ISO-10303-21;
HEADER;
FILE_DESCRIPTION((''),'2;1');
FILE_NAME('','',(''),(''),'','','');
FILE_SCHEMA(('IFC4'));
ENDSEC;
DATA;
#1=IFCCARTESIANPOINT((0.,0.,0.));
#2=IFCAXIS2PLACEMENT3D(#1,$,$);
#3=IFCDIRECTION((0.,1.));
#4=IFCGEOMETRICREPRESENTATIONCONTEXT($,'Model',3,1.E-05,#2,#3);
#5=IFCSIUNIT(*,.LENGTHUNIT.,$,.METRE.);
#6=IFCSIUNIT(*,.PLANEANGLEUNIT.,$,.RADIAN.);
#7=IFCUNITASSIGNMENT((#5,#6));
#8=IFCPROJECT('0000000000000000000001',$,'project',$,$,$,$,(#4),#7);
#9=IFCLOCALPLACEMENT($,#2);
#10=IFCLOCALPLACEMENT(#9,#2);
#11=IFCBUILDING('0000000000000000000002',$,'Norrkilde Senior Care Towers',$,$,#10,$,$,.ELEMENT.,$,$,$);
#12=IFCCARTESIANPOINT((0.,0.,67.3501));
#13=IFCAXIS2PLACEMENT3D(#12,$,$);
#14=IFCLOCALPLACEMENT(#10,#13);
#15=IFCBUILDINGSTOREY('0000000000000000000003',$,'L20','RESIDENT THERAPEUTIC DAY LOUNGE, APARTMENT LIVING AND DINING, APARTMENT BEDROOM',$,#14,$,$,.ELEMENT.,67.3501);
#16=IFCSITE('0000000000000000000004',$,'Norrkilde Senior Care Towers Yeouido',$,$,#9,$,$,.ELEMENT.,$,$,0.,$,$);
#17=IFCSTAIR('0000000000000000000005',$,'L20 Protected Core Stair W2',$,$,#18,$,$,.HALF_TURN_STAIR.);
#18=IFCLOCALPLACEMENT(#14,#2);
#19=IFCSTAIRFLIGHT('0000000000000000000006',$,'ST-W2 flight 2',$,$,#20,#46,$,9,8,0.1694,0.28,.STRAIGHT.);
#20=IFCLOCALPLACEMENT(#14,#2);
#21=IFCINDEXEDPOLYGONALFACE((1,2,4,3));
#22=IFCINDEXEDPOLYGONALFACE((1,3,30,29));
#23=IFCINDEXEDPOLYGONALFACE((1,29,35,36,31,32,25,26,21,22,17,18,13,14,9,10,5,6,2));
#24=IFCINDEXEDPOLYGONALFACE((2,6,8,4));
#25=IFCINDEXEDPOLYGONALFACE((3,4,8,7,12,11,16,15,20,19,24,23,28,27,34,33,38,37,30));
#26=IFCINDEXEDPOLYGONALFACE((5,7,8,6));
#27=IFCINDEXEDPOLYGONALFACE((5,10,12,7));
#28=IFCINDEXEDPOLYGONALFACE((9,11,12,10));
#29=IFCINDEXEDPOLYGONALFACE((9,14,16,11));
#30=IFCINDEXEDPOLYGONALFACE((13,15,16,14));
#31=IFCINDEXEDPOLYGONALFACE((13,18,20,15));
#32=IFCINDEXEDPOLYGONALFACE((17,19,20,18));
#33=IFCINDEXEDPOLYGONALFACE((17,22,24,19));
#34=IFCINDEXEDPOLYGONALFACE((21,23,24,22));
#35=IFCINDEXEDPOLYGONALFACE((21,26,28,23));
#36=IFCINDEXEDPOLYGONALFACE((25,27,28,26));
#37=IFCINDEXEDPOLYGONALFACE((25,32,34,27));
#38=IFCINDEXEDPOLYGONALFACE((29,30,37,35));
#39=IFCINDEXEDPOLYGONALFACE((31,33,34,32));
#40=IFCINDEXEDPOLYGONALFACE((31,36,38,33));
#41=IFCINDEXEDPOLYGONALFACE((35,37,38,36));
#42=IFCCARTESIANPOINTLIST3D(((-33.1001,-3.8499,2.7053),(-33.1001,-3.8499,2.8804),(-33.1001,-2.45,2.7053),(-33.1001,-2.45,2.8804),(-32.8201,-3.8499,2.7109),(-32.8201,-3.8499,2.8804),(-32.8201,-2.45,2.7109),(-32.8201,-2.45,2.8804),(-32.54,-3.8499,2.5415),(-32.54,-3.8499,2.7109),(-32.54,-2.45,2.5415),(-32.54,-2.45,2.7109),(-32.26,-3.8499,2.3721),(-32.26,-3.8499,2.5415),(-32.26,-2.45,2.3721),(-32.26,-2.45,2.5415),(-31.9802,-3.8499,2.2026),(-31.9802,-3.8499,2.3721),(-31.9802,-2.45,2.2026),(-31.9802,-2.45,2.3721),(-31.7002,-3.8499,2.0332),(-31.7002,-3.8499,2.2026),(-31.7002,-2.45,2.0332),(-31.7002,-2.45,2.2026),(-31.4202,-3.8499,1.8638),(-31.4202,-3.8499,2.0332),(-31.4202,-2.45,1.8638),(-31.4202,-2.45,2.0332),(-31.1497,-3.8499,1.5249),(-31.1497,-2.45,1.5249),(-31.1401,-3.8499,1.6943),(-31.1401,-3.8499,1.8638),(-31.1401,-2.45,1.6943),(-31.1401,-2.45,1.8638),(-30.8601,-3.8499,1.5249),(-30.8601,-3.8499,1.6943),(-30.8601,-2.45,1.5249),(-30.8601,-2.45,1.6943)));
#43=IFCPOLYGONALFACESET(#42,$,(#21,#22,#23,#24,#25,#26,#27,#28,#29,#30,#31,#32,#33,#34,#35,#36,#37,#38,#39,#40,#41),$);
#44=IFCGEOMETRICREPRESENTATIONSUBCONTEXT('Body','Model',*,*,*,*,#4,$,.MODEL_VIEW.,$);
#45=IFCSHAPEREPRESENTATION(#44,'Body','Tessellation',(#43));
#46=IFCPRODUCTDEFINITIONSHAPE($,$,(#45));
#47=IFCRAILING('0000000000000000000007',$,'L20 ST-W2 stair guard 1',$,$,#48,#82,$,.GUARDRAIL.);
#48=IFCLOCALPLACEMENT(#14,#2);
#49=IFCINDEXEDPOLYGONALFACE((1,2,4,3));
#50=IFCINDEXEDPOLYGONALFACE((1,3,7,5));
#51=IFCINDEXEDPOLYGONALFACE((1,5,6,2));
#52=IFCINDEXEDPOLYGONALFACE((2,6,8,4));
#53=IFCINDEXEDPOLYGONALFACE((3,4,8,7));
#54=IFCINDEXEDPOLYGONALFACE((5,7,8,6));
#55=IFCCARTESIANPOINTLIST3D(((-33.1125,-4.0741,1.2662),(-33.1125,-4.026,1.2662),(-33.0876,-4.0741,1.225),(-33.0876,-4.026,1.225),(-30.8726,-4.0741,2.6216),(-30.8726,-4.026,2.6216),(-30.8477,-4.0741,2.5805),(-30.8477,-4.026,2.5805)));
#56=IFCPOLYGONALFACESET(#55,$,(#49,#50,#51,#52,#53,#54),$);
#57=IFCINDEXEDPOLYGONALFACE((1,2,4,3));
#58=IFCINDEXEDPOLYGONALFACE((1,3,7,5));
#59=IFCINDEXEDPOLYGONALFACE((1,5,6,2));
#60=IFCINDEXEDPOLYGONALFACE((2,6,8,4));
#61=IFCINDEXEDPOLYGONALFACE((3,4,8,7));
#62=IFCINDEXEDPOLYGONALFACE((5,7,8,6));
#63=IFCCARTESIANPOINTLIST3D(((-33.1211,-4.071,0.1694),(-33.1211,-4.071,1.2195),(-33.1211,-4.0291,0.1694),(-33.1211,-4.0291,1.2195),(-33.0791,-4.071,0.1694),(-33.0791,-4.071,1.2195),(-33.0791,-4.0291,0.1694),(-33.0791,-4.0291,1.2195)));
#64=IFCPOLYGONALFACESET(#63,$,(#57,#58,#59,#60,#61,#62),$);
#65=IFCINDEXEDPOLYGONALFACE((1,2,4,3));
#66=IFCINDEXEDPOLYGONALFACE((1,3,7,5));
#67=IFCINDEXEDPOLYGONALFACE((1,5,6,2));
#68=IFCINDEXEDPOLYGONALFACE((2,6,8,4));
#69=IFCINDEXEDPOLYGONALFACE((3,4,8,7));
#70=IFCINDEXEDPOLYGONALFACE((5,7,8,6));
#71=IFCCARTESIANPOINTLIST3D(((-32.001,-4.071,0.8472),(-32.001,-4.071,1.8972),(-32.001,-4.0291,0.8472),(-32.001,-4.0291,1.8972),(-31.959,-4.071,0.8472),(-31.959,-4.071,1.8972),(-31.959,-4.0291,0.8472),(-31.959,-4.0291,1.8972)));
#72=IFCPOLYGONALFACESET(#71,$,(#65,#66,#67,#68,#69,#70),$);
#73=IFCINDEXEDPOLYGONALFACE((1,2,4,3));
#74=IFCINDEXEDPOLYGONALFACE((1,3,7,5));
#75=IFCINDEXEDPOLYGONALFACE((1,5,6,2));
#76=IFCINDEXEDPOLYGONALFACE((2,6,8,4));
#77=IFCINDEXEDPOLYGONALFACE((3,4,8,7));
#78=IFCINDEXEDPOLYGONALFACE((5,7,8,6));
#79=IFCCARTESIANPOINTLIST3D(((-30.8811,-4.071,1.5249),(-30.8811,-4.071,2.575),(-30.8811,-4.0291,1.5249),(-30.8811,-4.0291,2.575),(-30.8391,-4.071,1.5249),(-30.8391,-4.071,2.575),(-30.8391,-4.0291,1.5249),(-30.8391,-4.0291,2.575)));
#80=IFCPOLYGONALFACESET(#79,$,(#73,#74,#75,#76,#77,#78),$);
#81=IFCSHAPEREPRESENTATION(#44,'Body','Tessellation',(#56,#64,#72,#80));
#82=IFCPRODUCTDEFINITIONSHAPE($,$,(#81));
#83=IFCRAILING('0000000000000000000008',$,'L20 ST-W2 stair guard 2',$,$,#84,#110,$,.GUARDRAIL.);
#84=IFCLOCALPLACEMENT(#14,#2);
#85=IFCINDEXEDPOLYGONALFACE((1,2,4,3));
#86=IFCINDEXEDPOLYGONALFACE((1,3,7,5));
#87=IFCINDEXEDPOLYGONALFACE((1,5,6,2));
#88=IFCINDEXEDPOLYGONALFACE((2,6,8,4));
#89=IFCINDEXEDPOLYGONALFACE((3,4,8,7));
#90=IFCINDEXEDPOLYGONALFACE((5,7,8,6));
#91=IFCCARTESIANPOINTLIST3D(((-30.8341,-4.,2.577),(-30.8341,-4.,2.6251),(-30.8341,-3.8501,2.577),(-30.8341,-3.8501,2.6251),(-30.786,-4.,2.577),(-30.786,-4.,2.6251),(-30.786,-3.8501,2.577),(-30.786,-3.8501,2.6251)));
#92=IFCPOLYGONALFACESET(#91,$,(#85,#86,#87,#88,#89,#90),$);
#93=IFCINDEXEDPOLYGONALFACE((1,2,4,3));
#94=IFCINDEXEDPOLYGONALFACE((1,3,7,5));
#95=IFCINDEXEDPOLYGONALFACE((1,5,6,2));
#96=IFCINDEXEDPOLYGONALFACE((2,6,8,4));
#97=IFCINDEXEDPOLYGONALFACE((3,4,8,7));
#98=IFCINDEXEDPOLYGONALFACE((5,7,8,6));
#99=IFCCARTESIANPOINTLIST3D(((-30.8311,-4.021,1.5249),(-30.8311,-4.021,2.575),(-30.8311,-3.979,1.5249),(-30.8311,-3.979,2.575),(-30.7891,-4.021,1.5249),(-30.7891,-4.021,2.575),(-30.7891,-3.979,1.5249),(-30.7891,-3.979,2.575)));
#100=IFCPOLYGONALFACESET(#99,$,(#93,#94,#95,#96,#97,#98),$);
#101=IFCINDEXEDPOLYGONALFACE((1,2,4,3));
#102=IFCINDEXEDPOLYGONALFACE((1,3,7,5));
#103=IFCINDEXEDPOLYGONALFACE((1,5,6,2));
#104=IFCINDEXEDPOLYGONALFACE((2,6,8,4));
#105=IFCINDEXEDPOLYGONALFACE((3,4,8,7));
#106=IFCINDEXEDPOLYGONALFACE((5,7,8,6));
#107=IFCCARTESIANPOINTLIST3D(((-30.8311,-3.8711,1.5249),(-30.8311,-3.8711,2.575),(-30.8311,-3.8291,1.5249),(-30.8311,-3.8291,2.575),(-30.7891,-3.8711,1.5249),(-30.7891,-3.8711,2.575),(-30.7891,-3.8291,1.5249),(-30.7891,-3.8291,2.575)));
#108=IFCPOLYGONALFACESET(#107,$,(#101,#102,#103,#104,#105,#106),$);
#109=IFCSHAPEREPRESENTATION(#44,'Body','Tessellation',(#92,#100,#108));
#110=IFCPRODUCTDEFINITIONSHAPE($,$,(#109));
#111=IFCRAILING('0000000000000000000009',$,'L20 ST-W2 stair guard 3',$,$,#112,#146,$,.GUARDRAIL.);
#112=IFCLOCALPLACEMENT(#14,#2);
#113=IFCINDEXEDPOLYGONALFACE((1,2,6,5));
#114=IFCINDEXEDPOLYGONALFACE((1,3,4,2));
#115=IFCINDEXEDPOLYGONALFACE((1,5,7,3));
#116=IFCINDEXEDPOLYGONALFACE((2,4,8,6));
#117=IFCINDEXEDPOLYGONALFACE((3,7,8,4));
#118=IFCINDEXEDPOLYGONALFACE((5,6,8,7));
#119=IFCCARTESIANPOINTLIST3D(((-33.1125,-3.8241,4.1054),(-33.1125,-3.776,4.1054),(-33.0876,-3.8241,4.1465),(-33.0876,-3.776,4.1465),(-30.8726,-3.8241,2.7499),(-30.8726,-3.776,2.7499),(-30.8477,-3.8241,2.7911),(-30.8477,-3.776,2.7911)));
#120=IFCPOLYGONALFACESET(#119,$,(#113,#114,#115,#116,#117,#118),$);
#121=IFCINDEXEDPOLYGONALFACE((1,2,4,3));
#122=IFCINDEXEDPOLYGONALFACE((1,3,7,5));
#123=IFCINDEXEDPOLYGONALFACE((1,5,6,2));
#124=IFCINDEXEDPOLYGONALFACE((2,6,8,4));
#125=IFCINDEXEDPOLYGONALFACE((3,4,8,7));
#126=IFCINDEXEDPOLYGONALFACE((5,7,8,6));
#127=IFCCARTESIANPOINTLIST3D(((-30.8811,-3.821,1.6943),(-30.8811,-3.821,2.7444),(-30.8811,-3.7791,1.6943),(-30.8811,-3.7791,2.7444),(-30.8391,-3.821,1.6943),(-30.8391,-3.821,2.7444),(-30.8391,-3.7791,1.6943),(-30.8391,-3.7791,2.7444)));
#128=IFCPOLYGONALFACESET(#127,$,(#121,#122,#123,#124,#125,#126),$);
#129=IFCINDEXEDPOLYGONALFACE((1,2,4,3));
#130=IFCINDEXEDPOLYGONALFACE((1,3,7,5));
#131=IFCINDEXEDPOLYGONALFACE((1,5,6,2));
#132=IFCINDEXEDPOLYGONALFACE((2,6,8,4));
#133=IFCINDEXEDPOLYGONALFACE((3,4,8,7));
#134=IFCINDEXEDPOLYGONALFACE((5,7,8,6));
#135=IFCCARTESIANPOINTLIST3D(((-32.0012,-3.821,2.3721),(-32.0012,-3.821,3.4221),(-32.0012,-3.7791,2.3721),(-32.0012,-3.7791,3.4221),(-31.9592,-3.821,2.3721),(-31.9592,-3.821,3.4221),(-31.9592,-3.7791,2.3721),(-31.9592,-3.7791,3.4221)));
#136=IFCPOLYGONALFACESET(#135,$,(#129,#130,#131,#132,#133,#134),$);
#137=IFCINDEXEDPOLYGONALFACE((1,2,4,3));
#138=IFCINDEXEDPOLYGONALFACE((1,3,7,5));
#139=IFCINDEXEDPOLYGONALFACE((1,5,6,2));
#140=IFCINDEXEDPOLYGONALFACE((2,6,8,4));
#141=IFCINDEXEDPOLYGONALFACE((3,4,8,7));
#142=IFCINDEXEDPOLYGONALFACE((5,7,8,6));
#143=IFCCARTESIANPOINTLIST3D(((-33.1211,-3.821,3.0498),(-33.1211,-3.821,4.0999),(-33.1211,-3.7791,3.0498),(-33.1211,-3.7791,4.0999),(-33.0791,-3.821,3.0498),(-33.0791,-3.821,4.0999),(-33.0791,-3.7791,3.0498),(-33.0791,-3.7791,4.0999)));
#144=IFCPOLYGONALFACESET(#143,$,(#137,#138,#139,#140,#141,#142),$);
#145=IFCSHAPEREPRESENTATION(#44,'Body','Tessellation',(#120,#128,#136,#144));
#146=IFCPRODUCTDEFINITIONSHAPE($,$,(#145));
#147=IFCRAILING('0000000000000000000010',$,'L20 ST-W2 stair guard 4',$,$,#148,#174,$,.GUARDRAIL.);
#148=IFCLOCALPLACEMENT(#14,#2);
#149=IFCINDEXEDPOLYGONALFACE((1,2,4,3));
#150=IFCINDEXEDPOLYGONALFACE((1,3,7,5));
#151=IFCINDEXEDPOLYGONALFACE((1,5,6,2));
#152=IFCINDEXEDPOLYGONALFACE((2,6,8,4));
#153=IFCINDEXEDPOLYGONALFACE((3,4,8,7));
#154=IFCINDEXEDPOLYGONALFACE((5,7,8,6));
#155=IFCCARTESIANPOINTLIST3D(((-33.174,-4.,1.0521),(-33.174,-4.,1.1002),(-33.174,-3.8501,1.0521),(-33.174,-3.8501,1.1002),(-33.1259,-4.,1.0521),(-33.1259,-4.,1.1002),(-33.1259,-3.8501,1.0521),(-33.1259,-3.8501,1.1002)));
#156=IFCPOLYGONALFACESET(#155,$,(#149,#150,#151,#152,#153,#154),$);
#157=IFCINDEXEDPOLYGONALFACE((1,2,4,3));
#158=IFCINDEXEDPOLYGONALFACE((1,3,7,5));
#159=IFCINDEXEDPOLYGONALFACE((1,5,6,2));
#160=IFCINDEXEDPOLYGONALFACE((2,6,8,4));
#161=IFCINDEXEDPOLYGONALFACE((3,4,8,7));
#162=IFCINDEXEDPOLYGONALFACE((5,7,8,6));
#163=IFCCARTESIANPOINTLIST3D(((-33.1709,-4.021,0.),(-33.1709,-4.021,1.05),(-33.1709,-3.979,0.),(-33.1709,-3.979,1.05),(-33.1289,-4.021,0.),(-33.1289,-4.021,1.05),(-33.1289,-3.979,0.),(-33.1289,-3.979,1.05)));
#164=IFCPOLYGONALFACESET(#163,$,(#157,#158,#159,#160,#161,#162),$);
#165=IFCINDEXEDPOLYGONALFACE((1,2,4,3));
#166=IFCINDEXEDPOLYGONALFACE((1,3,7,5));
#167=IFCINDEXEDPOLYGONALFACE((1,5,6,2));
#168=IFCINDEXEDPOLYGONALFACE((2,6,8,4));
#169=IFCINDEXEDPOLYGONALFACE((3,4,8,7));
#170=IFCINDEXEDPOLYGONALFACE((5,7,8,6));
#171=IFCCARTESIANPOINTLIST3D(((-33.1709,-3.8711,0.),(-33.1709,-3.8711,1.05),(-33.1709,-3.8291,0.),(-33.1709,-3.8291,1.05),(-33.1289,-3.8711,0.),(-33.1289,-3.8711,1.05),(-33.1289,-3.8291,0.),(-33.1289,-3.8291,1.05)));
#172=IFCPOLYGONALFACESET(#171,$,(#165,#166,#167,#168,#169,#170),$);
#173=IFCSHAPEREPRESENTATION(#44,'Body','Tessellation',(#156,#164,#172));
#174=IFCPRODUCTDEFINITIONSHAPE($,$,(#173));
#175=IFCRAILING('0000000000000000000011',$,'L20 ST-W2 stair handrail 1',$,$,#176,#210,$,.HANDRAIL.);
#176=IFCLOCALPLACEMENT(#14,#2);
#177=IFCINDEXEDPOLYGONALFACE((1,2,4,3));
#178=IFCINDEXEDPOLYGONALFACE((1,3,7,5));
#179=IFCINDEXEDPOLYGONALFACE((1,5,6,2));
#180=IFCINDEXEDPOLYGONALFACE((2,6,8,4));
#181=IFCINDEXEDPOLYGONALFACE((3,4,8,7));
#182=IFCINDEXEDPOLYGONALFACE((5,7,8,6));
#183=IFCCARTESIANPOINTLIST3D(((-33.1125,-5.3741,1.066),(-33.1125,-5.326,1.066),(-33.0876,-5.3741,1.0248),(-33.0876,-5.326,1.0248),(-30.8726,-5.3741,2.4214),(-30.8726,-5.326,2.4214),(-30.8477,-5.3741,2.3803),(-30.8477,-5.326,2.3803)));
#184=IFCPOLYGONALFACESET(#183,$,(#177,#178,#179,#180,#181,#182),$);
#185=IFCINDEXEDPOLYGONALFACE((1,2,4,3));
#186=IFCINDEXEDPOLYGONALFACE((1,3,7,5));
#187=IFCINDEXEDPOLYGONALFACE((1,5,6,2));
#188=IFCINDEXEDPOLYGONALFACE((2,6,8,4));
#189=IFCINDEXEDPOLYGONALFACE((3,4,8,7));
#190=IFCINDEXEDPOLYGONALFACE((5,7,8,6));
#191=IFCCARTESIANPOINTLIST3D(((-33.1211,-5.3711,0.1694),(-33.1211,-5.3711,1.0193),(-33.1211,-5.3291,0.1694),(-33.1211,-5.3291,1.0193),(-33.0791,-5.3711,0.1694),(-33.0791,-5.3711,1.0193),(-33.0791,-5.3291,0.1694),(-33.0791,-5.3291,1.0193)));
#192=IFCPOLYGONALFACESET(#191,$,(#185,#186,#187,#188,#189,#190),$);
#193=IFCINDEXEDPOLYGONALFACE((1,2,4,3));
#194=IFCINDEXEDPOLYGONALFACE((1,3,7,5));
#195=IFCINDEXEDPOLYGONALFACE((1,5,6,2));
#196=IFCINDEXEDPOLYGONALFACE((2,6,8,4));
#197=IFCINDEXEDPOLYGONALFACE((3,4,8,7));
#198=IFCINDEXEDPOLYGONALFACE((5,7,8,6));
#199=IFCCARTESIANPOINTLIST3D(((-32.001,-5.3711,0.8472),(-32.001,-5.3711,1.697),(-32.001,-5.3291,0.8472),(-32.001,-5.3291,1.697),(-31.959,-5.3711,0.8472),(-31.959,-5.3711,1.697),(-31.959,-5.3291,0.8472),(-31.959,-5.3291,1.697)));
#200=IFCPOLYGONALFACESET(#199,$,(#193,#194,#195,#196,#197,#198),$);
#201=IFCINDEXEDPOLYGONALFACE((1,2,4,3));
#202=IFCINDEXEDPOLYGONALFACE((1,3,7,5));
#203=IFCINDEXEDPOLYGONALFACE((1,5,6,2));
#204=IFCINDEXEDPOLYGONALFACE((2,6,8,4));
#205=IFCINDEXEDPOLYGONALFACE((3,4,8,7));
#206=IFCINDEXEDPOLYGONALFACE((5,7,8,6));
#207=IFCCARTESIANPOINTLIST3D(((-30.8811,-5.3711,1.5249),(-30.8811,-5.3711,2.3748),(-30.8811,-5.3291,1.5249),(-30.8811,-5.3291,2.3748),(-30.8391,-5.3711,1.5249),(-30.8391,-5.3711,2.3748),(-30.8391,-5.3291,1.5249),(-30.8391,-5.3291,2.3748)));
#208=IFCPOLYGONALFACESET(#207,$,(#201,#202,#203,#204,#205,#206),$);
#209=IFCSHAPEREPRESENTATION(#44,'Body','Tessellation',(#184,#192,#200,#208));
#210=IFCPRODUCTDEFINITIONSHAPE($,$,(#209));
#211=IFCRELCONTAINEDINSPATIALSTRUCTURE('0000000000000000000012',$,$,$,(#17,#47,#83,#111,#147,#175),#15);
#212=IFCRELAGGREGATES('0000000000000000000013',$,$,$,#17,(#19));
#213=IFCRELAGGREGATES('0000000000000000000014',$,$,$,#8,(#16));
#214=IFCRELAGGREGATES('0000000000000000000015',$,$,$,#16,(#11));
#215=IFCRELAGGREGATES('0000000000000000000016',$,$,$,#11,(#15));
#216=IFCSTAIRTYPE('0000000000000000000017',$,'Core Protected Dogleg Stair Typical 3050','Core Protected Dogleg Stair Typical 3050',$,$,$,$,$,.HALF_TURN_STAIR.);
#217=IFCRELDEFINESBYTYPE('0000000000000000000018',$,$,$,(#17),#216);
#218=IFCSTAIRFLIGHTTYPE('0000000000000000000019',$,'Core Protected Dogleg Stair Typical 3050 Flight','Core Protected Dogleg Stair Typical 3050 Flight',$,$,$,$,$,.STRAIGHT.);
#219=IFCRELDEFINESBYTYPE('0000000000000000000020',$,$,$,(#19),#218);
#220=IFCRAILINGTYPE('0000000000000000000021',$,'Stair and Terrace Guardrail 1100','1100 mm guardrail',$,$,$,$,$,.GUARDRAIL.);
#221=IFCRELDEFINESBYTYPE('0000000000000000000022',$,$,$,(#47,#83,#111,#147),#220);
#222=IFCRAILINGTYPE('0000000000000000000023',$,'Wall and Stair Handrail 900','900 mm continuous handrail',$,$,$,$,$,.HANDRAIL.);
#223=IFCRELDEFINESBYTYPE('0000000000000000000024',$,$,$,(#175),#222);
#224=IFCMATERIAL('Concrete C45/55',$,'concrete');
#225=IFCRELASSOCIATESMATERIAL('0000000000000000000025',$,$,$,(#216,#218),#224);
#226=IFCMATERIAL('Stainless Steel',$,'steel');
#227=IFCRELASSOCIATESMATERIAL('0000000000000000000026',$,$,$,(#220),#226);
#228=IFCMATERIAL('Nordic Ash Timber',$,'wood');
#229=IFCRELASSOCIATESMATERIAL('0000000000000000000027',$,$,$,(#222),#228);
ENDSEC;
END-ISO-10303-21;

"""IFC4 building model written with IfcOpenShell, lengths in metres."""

from ifc_helpers import new_model, si_unit, direction, frame, origin, origin_2d, place, context, subcontext, project, spatial, polyline, rectangle, outline, extrude, material, type_object, element, aggregate, save


model = new_model("IFC4")

# Units and contexts
model_context = context("Model", 3, precision=1e-05, world=origin(), true_north=direction((0.0, 1.0)))
body_context = subcontext(model_context, "Body", "Model", "MODEL_VIEW")
ifc_project = project(units=[si_unit("LENGTHUNIT", "METRE"), si_unit("PLANEANGLEUNIT", "RADIAN")], contexts=[model_context])

# Site, building, storey
site_placement = place(None, origin())
site = spatial("IfcSite", under=ifc_project, at=site_placement, Name="Norrkilde Senior Care Towers Yeouido", CompositionType="ELEMENT", RefElevation=0.0)
building_placement = place(site_placement, origin())
building = spatial("IfcBuilding", under=site, at=building_placement, Name="Norrkilde Senior Care Towers", CompositionType="ELEMENT")
storey_placement = place(building_placement, frame((0.0, 0.0, 67.3501)))
storey = spatial("IfcBuildingStorey", under=building, at=storey_placement, Name="L20", Description="RESIDENT THERAPEUTIC DAY LOUNGE, APARTMENT LIVING AND DINING, APARTMENT BEDROOM", CompositionType="ELEMENT", Elevation=67.3501)

# Shared definitions
ifc_material_1 = material(Name="Concrete C45/55", Category="concrete")

# Shared definitions
ifc_material_2 = material(Name="Stainless Steel", Category="steel")

# Stair, stair flight
stair_type = type_object("IfcStairType", Name="Core Protected Dogleg Stair Typical 3050", Description="Core Protected Dogleg Stair Typical 3050", PredefinedType="HALF_TURN_STAIR", material=ifc_material_1)
stair_placement = place(storey_placement, origin())
stair = element("IfcStair", 1, at=stair_placement, inside=storey, type_object=stair_type, Name="L20 Protected Core Stair W2", PredefinedType="HALF_TURN_STAIR")
stair_flight_type = type_object("IfcStairFlightType", Name="Core Protected Dogleg Stair Typical 3050 Flight", Description="Core Protected Dogleg Stair Typical 3050 Flight", PredefinedType="STRAIGHT", material=ifc_material_1)
stair_flight_1_placement = place(storey_placement, frame((-30.8601, -3.1499, 1.5249), z_axis=(0.0, 0.0, 1.0), x_axis=(-1.0, 0.0, 0.0)))
stair_flight_1 = element("IfcStairFlight", 2, at=stair_flight_1_placement, type_object=stair_flight_type, Name="ST-W2 flight 2", NumberOfRisers=9, NumberOfTreads=8, PredefinedType="STRAIGHT", RiserHeight=0.1694, TreadLength=0.28, context=body_context, shape_type="SweptSolid", body=[
    extrude(outline(polyline([(0.0, 0.0), (0.0, 0.1694), (0.28, 0.1694), (0.28, 0.3389), (0.5601, 0.3389), (0.5601, 0.5083), (0.8401, 0.5083), (0.8401, 0.6777), (1.1201, 0.6777), (1.1201, 0.8472), (1.3999, 0.8472), (1.3999, 1.0166), (1.6799, 1.0166), (1.6799, 1.186), (1.96, 1.186), (1.96, 1.3555), (2.24, 1.3555), (2.24, 1.5249), (2.24, 1.1804), (0.2896, 0.0), (0.0, 0.0)])), frame((0.0, 0.7, 0.0), z_axis=(0.0, -1.0, 0.0), x_axis=(1.0, 0.0, 0.0)), (0.0, 0.0, 1.0), 1.3999),
])
aggregate(stair, [stair_flight_1])

# Railings
railing_type_1 = type_object("IfcRailingType", Name="Stair and Terrace Guardrail 1100", Description="1100 mm guardrail", PredefinedType="GUARDRAIL", material=ifc_material_2)
railing_1_placement = place(storey_placement, frame((-33.1001, -4.05, 0.1694)))
element("IfcRailing", 3, at=railing_1_placement, inside=storey, type_object=railing_type_1, Name="L20 ST-W2 stair guard 1", PredefinedType="GUARDRAIL", context=body_context, shape_type="SweptSolid", body=[
    extrude(rectangle(XDim=0.0481, YDim=0.0481, at=origin_2d()), frame((0.0, 0.0, 1.0762), z_axis=(0.855553, 0.0, 0.517715), x_axis=(0.0, 1.0, 0.0)), (0.0, 0.0, 1.0), 2.6182),
    extrude(rectangle(XDim=0.042, YDim=0.042, at=origin_2d()), origin(), (0.0, 0.0, 1.0), 1.05),
    extrude(rectangle(XDim=0.042, YDim=0.042, at=origin_2d()), frame((1.1201, 0.0, 0.6777)), (0.0, 0.0, 1.0), 1.05),
    extrude(rectangle(XDim=0.042, YDim=0.042, at=origin_2d()), frame((2.24, 0.0, 1.3555)), (0.0, 0.0, 1.0), 1.05),
])
railing_2_placement = place(storey_placement, frame((-30.8101, -4.0, 1.5249)))
element("IfcRailing", 4, at=railing_2_placement, inside=storey, type_object=railing_type_1, Name="L20 ST-W2 stair guard 2", PredefinedType="GUARDRAIL", context=body_context, shape_type="SweptSolid", body=[
    extrude(rectangle(XDim=0.0481, YDim=0.0481, at=origin_2d()), frame((0.0, 0.0, 1.0762), z_axis=(0.0, 1.0, 0.0), x_axis=(-1.0, 0.0, 0.0)), (0.0, 0.0, 1.0), 0.1499),
    extrude(rectangle(XDim=0.042, YDim=0.042, at=origin_2d()), origin(), (0.0, 0.0, 1.0), 1.05),
    extrude(rectangle(XDim=0.042, YDim=0.042, at=origin_2d()), frame((0.0, 0.1499, 0.0)), (0.0, 0.0, 1.0), 1.05),
])
railing_3_placement = place(storey_placement, frame((-30.8601, -3.8, 1.6943)))
element("IfcRailing", 5, at=railing_3_placement, inside=storey, type_object=railing_type_1, Name="L20 ST-W2 stair guard 3", PredefinedType="GUARDRAIL", context=body_context, shape_type="SweptSolid", body=[
    extrude(rectangle(XDim=0.0481, YDim=0.0481, at=origin_2d()), frame((0.0, 0.0, 1.0762), z_axis=(-0.855553, 0.0, 0.517715), x_axis=(0.0, -1.0, 0.0)), (0.0, 0.0, 1.0), 2.6182),
    extrude(rectangle(XDim=0.042, YDim=0.042, at=origin_2d()), origin(), (0.0, 0.0, 1.0), 1.05),
    extrude(rectangle(XDim=0.042, YDim=0.042, at=origin_2d()), frame((-1.1201, 0.0, 0.6777)), (0.0, 0.0, 1.0), 1.05),
    extrude(rectangle(XDim=0.042, YDim=0.042, at=origin_2d()), frame((-2.24, 0.0, 1.3555)), (0.0, 0.0, 1.0), 1.05),
])
railing_4_placement = place(storey_placement, frame((-33.1499, -4.0, 0.0)))
element("IfcRailing", 6, at=railing_4_placement, inside=storey, type_object=railing_type_1, Name="L20 ST-W2 stair guard 4", PredefinedType="GUARDRAIL", context=body_context, shape_type="SweptSolid", body=[
    extrude(rectangle(XDim=0.0481, YDim=0.0481, at=origin_2d()), frame((0.0, 0.0, 1.0762), z_axis=(0.0, 1.0, 0.0), x_axis=(-1.0, 0.0, 0.0)), (0.0, 0.0, 1.0), 0.1499),
    extrude(rectangle(XDim=0.042, YDim=0.042, at=origin_2d()), origin(), (0.0, 0.0, 1.0), 1.05),
    extrude(rectangle(XDim=0.042, YDim=0.042, at=origin_2d()), frame((0.0, 0.1499, 0.0)), (0.0, 0.0, 1.0), 1.05),
])
ifc_material_3 = material(Name="Nordic Ash Timber", Category="wood")
railing_type_2 = type_object("IfcRailingType", Name="Wall and Stair Handrail 900", Description="900 mm continuous handrail", PredefinedType="HANDRAIL", material=ifc_material_3)
railing_5_placement = place(storey_placement, frame((-33.1001, -5.3501, 0.1694)))
element("IfcRailing", 7, at=railing_5_placement, inside=storey, type_object=railing_type_2, Name="L20 ST-W2 stair handrail 1", PredefinedType="HANDRAIL", context=body_context, shape_type="SweptSolid", body=[
    extrude(rectangle(XDim=0.0481, YDim=0.0481, at=origin_2d()), frame((0.0, 0.0, 0.876), z_axis=(0.855553, 0.0, 0.517715), x_axis=(0.0, 1.0, 0.0)), (0.0, 0.0, 1.0), 2.6182),
    extrude(rectangle(XDim=0.042, YDim=0.042, at=origin_2d()), origin(), (0.0, 0.0, 1.0), 0.8499),
    extrude(rectangle(XDim=0.042, YDim=0.042, at=origin_2d()), frame((1.1201, 0.0, 0.6777)), (0.0, 0.0, 1.0), 0.8499),
    extrude(rectangle(XDim=0.042, YDim=0.042, at=origin_2d()), frame((2.24, 0.0, 1.3555)), (0.0, 0.0, 1.0), 0.8499),
])

save(model, "model.ifc")
